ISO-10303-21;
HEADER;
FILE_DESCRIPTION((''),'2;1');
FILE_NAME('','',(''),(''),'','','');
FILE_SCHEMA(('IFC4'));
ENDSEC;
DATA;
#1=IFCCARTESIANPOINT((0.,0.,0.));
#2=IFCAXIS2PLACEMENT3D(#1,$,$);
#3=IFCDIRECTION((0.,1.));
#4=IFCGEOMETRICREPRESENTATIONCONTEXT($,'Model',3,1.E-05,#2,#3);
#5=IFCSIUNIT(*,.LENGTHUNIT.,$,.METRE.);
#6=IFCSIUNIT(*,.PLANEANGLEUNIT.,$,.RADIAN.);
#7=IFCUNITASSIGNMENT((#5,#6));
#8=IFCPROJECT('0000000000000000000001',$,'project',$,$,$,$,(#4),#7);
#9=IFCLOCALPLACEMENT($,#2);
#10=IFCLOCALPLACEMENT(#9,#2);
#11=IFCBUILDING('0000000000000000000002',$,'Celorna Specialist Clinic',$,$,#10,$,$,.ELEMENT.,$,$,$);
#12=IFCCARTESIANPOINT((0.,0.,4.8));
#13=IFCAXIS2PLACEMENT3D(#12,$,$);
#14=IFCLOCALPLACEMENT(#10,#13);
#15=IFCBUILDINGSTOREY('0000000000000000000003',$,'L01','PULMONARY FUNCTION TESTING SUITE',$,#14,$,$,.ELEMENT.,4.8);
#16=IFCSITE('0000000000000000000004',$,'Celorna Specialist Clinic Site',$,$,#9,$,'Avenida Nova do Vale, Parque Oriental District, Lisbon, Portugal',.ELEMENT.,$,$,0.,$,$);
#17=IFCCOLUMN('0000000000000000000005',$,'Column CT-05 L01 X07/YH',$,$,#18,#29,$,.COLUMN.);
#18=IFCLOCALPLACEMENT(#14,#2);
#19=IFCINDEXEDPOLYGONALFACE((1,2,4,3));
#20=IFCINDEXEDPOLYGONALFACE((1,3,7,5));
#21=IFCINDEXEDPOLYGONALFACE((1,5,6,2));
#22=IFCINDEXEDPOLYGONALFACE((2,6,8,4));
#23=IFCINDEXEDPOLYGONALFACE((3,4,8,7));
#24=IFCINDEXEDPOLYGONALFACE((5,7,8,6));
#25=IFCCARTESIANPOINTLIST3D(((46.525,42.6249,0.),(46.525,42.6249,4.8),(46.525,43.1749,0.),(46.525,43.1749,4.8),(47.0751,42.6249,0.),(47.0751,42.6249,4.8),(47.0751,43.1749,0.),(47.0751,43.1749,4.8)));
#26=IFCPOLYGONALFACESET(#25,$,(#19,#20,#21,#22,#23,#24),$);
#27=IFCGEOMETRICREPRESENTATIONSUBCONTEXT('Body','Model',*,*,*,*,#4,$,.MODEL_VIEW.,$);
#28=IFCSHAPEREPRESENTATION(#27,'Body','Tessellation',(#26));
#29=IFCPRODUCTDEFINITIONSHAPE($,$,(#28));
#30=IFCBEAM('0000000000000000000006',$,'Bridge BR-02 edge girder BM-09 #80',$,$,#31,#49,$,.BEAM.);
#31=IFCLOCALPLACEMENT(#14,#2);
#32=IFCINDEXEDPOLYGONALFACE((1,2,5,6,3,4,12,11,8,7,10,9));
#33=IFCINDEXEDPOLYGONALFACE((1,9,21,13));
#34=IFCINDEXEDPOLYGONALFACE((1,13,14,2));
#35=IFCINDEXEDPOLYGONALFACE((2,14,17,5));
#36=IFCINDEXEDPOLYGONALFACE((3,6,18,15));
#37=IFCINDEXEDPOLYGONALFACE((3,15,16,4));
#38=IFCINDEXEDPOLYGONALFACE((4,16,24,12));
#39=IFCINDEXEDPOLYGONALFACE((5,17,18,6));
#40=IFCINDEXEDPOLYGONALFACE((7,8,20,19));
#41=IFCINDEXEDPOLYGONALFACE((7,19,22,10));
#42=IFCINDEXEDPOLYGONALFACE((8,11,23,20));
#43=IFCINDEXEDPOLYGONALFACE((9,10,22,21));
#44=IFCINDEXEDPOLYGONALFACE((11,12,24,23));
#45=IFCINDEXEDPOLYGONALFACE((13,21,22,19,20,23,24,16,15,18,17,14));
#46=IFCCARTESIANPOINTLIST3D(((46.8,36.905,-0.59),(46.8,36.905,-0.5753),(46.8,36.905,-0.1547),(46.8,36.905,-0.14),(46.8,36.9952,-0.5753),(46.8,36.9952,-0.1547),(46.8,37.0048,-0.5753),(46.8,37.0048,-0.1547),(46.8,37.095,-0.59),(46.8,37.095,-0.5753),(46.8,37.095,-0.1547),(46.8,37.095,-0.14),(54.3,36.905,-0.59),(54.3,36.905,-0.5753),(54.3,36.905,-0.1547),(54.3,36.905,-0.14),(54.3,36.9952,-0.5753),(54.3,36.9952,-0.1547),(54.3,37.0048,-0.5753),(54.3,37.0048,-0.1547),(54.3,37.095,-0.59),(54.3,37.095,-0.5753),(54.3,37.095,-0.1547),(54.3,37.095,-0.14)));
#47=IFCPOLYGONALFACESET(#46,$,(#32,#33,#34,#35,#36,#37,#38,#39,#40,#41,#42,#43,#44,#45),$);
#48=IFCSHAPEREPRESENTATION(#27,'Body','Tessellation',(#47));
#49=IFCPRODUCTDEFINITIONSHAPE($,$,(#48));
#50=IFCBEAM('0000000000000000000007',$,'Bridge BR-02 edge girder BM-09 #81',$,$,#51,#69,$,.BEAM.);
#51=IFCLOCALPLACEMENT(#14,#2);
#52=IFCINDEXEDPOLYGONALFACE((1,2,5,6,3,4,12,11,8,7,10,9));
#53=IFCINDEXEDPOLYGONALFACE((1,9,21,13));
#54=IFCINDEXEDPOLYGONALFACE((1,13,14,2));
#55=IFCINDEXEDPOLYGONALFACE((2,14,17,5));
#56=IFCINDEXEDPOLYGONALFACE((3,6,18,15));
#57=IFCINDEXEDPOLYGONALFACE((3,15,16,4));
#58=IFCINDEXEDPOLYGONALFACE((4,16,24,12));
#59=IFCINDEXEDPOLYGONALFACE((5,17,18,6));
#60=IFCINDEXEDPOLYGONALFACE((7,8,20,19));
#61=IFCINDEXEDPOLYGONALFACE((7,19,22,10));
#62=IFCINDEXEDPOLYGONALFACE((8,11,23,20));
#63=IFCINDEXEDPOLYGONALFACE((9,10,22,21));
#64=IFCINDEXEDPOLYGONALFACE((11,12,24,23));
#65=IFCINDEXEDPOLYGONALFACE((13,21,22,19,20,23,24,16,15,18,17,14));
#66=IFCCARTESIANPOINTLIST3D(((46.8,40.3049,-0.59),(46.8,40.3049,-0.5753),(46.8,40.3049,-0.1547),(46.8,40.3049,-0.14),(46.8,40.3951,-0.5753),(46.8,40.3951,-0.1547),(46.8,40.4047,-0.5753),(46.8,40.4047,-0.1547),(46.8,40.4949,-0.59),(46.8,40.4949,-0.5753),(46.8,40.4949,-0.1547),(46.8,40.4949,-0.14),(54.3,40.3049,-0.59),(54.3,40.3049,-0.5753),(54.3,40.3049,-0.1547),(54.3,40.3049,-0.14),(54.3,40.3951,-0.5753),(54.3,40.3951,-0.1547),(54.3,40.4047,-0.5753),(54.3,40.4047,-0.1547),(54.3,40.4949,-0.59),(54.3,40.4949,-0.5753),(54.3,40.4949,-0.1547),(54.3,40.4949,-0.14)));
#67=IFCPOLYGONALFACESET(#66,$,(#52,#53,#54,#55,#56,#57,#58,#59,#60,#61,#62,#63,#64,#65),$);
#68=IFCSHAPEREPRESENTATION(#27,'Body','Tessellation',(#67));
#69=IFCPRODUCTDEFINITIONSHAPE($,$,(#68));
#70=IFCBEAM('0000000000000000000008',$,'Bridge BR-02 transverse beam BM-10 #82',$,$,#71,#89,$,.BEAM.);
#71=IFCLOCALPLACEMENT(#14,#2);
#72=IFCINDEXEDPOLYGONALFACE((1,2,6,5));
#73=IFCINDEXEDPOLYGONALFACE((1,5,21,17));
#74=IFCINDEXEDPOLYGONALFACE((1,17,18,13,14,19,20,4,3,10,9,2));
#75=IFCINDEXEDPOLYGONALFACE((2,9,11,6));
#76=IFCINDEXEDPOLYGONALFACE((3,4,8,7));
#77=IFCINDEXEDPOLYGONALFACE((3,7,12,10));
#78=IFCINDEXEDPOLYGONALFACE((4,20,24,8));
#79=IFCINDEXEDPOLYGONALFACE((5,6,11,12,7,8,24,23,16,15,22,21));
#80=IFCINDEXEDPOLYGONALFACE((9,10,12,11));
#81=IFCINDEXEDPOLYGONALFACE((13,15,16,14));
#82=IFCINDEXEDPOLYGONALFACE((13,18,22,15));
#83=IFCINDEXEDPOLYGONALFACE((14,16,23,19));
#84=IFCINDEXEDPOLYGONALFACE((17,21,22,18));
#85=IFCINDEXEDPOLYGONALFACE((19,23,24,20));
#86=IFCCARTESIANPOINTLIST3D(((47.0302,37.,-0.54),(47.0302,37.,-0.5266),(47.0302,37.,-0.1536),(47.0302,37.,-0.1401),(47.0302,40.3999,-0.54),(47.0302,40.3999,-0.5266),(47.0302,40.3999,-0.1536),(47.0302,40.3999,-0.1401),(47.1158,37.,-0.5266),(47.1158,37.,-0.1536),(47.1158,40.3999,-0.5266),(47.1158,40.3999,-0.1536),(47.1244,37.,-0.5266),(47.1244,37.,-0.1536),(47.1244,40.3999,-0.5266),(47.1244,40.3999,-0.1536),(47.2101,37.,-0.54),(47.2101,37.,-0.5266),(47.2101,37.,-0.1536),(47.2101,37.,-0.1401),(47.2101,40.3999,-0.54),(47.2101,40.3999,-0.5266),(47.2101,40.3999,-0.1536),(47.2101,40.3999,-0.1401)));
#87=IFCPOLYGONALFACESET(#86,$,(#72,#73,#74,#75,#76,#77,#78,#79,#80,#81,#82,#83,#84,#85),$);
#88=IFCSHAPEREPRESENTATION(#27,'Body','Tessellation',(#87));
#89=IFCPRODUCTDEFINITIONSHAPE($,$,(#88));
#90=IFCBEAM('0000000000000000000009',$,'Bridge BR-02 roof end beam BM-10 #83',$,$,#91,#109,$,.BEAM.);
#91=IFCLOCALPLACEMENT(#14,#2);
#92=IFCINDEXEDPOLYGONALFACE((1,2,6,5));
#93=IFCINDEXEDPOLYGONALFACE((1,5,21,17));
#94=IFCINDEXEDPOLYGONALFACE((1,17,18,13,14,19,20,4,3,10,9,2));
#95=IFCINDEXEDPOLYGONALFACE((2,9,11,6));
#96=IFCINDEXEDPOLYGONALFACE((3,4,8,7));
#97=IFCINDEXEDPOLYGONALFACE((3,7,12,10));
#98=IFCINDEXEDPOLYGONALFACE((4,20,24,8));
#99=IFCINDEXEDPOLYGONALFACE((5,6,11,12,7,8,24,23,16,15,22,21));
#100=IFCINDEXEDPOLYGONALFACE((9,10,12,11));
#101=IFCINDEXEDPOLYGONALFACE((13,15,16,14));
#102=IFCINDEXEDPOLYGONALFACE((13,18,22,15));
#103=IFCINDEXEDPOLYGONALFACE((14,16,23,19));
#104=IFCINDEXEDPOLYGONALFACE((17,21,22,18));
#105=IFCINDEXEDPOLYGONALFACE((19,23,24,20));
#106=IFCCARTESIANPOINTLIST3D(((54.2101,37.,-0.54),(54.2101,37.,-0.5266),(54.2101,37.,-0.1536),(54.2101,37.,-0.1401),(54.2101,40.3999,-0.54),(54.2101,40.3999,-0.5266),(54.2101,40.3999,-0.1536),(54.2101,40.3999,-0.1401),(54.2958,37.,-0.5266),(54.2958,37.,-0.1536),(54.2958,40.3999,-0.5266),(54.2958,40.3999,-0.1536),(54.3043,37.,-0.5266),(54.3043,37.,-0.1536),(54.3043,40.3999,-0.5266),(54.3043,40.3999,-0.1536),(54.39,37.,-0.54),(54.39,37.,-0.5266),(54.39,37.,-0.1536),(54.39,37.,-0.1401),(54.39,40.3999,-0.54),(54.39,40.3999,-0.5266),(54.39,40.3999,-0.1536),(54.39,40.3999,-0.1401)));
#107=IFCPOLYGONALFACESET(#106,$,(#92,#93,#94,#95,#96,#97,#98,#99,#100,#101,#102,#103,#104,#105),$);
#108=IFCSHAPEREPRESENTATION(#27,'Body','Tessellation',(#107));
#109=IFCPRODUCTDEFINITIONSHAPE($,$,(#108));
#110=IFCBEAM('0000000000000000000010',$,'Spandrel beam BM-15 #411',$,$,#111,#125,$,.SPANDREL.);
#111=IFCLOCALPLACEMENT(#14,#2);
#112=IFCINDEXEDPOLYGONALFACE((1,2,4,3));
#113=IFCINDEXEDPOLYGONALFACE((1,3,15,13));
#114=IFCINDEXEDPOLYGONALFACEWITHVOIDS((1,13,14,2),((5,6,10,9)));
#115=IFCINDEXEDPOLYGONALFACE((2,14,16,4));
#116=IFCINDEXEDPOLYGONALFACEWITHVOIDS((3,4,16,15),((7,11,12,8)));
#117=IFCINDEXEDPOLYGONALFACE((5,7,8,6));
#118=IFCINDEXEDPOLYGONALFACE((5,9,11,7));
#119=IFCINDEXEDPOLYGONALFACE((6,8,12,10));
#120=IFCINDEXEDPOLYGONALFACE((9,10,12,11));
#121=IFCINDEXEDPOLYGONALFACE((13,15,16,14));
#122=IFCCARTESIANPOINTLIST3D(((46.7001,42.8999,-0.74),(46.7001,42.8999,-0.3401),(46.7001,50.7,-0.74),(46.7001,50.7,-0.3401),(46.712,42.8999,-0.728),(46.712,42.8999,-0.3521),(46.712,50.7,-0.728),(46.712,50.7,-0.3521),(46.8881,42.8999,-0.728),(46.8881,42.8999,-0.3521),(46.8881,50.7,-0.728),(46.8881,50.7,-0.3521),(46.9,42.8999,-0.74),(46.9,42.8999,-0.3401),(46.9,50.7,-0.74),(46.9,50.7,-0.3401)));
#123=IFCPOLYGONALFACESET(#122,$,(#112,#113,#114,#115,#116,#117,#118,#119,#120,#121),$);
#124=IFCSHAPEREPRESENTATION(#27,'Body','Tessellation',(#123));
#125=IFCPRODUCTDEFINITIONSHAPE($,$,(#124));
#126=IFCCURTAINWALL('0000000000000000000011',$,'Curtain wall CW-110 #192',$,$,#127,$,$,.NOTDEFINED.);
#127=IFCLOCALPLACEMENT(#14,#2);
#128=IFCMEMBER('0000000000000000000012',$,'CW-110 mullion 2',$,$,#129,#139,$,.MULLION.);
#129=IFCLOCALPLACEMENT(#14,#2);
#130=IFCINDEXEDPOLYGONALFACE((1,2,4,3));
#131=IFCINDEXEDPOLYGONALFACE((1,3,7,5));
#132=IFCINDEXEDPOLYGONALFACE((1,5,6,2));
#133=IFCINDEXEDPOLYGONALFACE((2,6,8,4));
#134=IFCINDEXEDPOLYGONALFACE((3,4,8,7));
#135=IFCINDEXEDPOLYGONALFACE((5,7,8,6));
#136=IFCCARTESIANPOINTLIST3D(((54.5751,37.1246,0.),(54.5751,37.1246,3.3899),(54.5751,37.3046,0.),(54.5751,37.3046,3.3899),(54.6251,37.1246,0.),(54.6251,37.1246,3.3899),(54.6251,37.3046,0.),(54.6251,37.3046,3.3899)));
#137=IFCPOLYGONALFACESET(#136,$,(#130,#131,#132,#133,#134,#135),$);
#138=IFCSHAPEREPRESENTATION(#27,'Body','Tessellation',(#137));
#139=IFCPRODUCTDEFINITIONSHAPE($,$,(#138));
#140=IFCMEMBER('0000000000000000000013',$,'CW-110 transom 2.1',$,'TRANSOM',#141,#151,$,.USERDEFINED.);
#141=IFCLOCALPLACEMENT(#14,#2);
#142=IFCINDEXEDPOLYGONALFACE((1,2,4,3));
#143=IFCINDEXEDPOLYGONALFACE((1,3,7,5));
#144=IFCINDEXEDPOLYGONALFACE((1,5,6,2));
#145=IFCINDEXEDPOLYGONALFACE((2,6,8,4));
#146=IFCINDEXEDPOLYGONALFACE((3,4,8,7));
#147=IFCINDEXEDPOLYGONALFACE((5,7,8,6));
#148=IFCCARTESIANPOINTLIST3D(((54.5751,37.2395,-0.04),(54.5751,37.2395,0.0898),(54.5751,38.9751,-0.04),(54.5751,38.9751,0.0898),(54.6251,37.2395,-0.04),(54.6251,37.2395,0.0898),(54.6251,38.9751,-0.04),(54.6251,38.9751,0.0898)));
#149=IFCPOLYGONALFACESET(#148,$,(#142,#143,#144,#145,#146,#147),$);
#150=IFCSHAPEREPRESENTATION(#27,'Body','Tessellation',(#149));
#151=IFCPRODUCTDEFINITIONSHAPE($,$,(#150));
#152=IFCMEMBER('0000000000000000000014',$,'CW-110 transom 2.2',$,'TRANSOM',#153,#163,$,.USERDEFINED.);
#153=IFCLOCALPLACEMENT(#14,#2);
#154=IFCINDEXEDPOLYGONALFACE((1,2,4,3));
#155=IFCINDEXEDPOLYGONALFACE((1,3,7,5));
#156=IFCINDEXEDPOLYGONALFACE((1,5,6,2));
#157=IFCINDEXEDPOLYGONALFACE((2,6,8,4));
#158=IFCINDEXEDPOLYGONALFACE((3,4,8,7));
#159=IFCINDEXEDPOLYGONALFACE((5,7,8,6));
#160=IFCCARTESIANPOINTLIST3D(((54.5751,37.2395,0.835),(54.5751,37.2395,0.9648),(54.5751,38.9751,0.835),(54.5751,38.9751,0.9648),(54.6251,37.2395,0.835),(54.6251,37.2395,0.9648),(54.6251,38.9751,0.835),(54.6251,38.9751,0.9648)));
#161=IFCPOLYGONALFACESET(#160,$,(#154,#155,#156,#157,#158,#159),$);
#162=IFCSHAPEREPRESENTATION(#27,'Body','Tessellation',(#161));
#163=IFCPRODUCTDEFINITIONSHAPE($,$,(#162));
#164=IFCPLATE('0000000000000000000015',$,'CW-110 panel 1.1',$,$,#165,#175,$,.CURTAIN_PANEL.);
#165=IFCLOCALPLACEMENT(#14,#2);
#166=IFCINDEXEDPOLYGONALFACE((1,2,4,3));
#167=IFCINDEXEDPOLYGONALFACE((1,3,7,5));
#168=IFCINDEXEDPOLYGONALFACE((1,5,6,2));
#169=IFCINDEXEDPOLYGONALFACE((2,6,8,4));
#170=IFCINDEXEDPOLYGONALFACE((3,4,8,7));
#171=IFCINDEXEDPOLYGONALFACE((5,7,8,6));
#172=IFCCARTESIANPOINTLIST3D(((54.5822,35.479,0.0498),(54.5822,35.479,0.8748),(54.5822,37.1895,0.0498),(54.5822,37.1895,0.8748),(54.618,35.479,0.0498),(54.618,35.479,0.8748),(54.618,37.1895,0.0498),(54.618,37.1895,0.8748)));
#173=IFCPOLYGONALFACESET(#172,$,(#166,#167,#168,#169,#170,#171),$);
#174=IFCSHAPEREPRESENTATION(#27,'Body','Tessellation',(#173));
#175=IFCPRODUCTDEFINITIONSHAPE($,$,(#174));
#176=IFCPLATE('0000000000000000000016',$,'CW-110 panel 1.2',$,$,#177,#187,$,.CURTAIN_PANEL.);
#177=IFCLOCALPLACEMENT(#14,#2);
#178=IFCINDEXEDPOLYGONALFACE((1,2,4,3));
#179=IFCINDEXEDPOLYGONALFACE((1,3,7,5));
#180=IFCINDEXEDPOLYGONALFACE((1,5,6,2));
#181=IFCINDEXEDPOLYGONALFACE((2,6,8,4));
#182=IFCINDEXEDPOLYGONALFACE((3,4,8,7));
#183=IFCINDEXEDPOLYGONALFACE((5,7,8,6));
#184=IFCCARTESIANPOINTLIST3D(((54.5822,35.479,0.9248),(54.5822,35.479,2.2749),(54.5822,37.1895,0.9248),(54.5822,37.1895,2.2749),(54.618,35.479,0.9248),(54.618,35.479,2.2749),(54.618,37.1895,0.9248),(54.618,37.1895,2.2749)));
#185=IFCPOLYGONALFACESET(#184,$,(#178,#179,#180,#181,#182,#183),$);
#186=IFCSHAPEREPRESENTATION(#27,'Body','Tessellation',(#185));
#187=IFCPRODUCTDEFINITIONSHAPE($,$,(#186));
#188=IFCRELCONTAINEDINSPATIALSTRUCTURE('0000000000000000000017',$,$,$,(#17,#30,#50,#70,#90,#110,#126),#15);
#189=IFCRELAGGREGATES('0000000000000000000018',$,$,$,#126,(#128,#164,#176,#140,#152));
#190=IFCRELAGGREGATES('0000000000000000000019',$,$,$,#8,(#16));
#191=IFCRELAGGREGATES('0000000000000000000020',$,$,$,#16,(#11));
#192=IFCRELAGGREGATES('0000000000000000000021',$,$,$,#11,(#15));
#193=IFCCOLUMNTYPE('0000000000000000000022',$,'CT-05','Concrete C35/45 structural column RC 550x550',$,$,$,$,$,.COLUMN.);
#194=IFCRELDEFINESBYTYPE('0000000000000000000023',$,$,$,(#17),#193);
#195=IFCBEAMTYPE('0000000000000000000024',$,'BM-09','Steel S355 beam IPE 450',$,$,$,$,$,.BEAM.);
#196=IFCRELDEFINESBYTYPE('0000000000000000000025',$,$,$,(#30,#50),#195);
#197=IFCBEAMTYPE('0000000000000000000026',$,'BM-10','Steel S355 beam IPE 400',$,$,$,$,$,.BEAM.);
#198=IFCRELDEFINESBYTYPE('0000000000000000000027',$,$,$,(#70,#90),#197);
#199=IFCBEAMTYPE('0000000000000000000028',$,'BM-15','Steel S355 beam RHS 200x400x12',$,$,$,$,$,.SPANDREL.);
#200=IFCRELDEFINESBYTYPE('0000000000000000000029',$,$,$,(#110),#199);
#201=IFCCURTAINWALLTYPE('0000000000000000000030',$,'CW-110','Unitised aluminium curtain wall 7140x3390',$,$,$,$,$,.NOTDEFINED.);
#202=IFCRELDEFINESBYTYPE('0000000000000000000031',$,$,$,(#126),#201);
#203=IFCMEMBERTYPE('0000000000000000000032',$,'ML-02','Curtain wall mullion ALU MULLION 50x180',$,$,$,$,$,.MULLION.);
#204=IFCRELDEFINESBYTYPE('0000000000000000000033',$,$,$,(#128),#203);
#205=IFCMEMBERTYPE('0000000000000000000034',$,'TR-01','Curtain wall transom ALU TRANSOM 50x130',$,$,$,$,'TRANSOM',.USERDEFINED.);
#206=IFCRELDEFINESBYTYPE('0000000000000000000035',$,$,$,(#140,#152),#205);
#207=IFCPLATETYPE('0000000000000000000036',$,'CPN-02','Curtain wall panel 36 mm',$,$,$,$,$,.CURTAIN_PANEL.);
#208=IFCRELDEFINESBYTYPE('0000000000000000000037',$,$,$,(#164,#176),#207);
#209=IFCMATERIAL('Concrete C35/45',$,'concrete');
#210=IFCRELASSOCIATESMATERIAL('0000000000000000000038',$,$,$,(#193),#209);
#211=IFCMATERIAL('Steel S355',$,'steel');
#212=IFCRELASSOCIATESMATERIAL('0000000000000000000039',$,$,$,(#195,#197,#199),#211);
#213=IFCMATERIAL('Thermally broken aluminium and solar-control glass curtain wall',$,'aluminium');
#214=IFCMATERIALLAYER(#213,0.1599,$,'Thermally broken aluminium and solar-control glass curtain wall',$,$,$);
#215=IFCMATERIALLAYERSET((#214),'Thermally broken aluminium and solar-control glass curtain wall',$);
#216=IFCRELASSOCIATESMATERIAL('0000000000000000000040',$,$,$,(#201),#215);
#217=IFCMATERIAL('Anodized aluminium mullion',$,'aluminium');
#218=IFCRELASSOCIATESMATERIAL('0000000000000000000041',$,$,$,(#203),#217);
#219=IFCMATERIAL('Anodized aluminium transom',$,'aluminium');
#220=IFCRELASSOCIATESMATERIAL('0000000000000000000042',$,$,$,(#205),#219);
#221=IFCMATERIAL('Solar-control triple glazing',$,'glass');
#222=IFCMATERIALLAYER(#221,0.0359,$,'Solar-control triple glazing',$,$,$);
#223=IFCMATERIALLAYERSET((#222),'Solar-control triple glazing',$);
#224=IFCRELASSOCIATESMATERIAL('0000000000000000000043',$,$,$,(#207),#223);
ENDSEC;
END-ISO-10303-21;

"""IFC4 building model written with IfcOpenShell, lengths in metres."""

from ifc_helpers import new_model, si_unit, direction, frame, origin, origin_2d, place, context, subcontext, project, spatial, rectangle, hollow_rectangle, i_section, extrude, material, layer, layer_set, material_profile, profile_set, type_object, element, aggregate, save


model = new_model("IFC4")

# Units and contexts
model_context = context("Model", 3, precision=1e-05, world=origin(), true_north=direction((0.0, 1.0)))
body_context = subcontext(model_context, "Body", "Model", "MODEL_VIEW")
ifc_project = project(units=[si_unit("LENGTHUNIT", "METRE"), si_unit("PLANEANGLEUNIT", "RADIAN")], contexts=[model_context])

# Site, building, storey
site_placement = place(None, origin())
site = spatial("IfcSite", under=ifc_project, at=site_placement, Name="Celorna Specialist Clinic Site", LongName="Avenida Nova do Vale, Parque Oriental District, Lisbon, Portugal", CompositionType="ELEMENT", RefElevation=0.0)
building_placement = place(site_placement, origin())
building = spatial("IfcBuilding", under=site, at=building_placement, Name="Celorna Specialist Clinic", CompositionType="ELEMENT")
storey_placement = place(building_placement, frame((0.0, 0.0, 4.8)))
storey = spatial("IfcBuildingStorey", under=building, at=storey_placement, Name="L01", Description="PULMONARY FUNCTION TESTING SUITE", CompositionType="ELEMENT", Elevation=4.8)

# Column
ifc_material_1 = material(Name="Concrete C35/45", Category="concrete")
ifc_material_profile_1 = material_profile(ifc_material_1, rectangle(XDim=0.55, YDim=0.55, at=origin_2d()), Name="RC 550x550")
ifc_profile_set_1 = profile_set([ifc_material_profile_1], Name="Concrete C35/45")
column_type = type_object("IfcColumnType", Name="CT-05", Description="Concrete C35/45 structural column RC 550x550", PredefinedType="COLUMN", material=ifc_profile_set_1)
column_placement = place(storey_placement, frame((46.8, 42.8999, 0.0), z_axis=(0.0, 0.0, 1.0), x_axis=(1.0, 0.0, 0.0)))
element("IfcColumn", 1, at=column_placement, inside=storey, type_object=column_type, Name="Column CT-05 L01 X07/YH", PredefinedType="COLUMN", context=body_context, shape_type="SweptSolid", body=[
    extrude(rectangle(XDim=0.55, YDim=0.55, at=origin_2d()), origin(), (0.0, 0.0, 1.0), 4.8),
])

# Beams
ifc_material_2 = material(Name="Steel S355", Category="steel")
ifc_material_profile_2 = material_profile(ifc_material_2, i_section(OverallWidth=0.1899, OverallDepth=0.45, WebThickness=0.0095, FlangeThickness=0.0146, at=origin_2d()), Name="IPE 450")
ifc_profile_set_2 = profile_set([ifc_material_profile_2], Name="Steel S355")
beam_type_1 = type_object("IfcBeamType", Name="BM-09", Description="Steel S355 beam IPE 450", PredefinedType="BEAM", material=ifc_profile_set_2)
for number, where, z_axis, x_axis, name in (
    (2, (46.8, 37.0, -0.365), (1.0, 0.0, 0.0), (0.0, 1.0, 0.0), "Bridge BR-02 edge girder BM-09 #80"),
    (3, (46.8, 40.3999, -0.365), (1.0, 0.0, 0.0), (0.0, 1.0, 0.0), "Bridge BR-02 edge girder BM-09 #81"),
):
    element("IfcBeam", number, at=place(storey_placement, frame(where, z_axis=z_axis, x_axis=x_axis)), inside=storey, type_object=beam_type_1, Name=name, PredefinedType="BEAM", context=body_context, shape_type="SweptSolid", body=[
        extrude(i_section(OverallWidth=0.1899, OverallDepth=0.45, WebThickness=0.0095, FlangeThickness=0.0146, at=origin_2d()), origin(), (0.0, 0.0, 1.0), 7.5),
    ])
ifc_material_profile_3 = material_profile(ifc_material_2, i_section(OverallWidth=0.1799, OverallDepth=0.3999, WebThickness=0.0085, FlangeThickness=0.0134, at=origin_2d()), Name="IPE 400")
ifc_profile_set_3 = profile_set([ifc_material_profile_3], Name="Steel S355")
beam_type_2 = type_object("IfcBeamType", Name="BM-10", Description="Steel S355 beam IPE 400", PredefinedType="BEAM", material=ifc_profile_set_3)
for number, where, z_axis, x_axis, name in (
    (4, (47.1201, 37.0, -0.3401), (0.0, 1.0, 0.0), (-1.0, 0.0, 0.0), "Bridge BR-02 transverse beam BM-10 #82"),
    (5, (54.3, 37.0, -0.3401), (0.0, 1.0, 0.0), (-1.0, 0.0, 0.0), "Bridge BR-02 roof end beam BM-10 #83"),
):
    element("IfcBeam", number, at=place(storey_placement, frame(where, z_axis=z_axis, x_axis=x_axis)), inside=storey, type_object=beam_type_2, Name=name, PredefinedType="BEAM", context=body_context, shape_type="SweptSolid", body=[
        extrude(i_section(OverallWidth=0.1799, OverallDepth=0.3999, WebThickness=0.0085, FlangeThickness=0.0134, at=origin_2d()), origin(), (0.0, 0.0, 1.0), 3.3999),
    ])
ifc_material_profile_4 = material_profile(ifc_material_2, hollow_rectangle(XDim=0.2, YDim=0.3999, WallThickness=0.012, at=origin_2d()), Name="RHS 200x400x12")
ifc_profile_set_4 = profile_set([ifc_material_profile_4], Name="Steel S355")
beam_type_3 = type_object("IfcBeamType", Name="BM-15", Description="Steel S355 beam RHS 200x400x12", PredefinedType="SPANDREL", material=ifc_profile_set_4)
beam_placement = place(storey_placement, frame((46.8, 42.8999, -0.54), z_axis=(0.0, 1.0, 0.0), x_axis=(-1.0, 0.0, 0.0)))
element("IfcBeam", 6, at=beam_placement, inside=storey, type_object=beam_type_3, Name="Spandrel beam BM-15 #411", PredefinedType="SPANDREL", context=body_context, shape_type="SweptSolid", body=[
    extrude(hollow_rectangle(XDim=0.2, YDim=0.3999, WallThickness=0.012, at=origin_2d()), origin(), (0.0, 0.0, 1.0), 7.8),
])

# Curtain wall, members, plates
ifc_material_3 = material(Name="Thermally broken aluminium and solar-control glass curtain wall", Category="aluminium")
ifc_layer_1 = layer(ifc_material_3, 0.1599, Name="Thermally broken aluminium and solar-control glass curtain wall")
ifc_layer_set_1 = layer_set([ifc_layer_1], Name="Thermally broken aluminium and solar-control glass curtain wall")
curtain_wall_type = type_object("IfcCurtainWallType", Name="CW-110", Description="Unitised aluminium curtain wall 7140x3390", PredefinedType="NOTDEFINED", material=ifc_layer_set_1)
curtain_wall_placement = place(storey_placement, origin())
curtain_wall = element("IfcCurtainWall", 7, at=curtain_wall_placement, inside=storey, type_object=curtain_wall_type, Name="Curtain wall CW-110 #192", PredefinedType="NOTDEFINED")
ifc_material_4 = material(Name="Anodized aluminium mullion", Category="aluminium")
ifc_material_profile_5 = material_profile(ifc_material_4, rectangle(XDim=0.05, YDim=0.1799, at=origin_2d()), Name="ALU MULLION 50x180")
ifc_profile_set_5 = profile_set([ifc_material_profile_5], Name="Anodized aluminium mullion")
member_type_1 = type_object("IfcMemberType", Name="ML-02", Description="Curtain wall mullion ALU MULLION 50x180", PredefinedType="MULLION", material=ifc_profile_set_5)
member_1_placement = place(storey_placement, frame((54.6001, 37.2146, 0.0), z_axis=(0.0, 0.0, 1.0), x_axis=(-1.0, 0.0, 0.0)))
member_1 = element("IfcMember", 8, at=member_1_placement, type_object=member_type_1, Name="CW-110 mullion 2", PredefinedType="MULLION", context=body_context, shape_type="SweptSolid", body=[
    extrude(rectangle(XDim=0.05, YDim=0.1799, at=origin_2d()), origin(), (0.0, 0.0, 1.0), 3.3899),
])
ifc_material_5 = material(Name="Anodized aluminium transom", Category="aluminium")
ifc_material_profile_6 = material_profile(ifc_material_5, rectangle(XDim=0.05, YDim=0.1299, at=origin_2d()), Name="ALU TRANSOM 50x130")
ifc_profile_set_6 = profile_set([ifc_material_profile_6], Name="Anodized aluminium transom")
member_type_2 = type_object("IfcMemberType", Name="TR-01", Description="Curtain wall transom ALU TRANSOM 50x130", ElementType="TRANSOM", PredefinedType="USERDEFINED", material=ifc_profile_set_6)
member_2_placement = place(storey_placement, frame((54.6001, 37.2395, 0.0249), z_axis=(0.0, 1.0, 0.0), x_axis=(-1.0, 0.0, 0.0)))
member_2 = element("IfcMember", 9, at=member_2_placement, type_object=member_type_2, Name="CW-110 transom 2.1", ObjectType="TRANSOM", PredefinedType="USERDEFINED", context=body_context, shape_type="SweptSolid", body=[
    extrude(rectangle(XDim=0.05, YDim=0.1299, at=origin_2d()), origin(), (0.0, 0.0, 1.0), 1.7356),
])
member_3_placement = place(storey_placement, frame((54.6001, 37.2395, 0.8999), z_axis=(0.0, 1.0, 0.0), x_axis=(-1.0, 0.0, 0.0)))
member_3 = element("IfcMember", 10, at=member_3_placement, type_object=member_type_2, Name="CW-110 transom 2.2", ObjectType="TRANSOM", PredefinedType="USERDEFINED", context=body_context, shape_type="SweptSolid", body=[
    extrude(rectangle(XDim=0.05, YDim=0.1299, at=origin_2d()), origin(), (0.0, 0.0, 1.0), 1.7356),
])
ifc_material_6 = material(Name="Solar-control triple glazing", Category="glass")
ifc_layer_2 = layer(ifc_material_6, 0.0359, Name="Solar-control triple glazing")
ifc_layer_set_2 = layer_set([ifc_layer_2], Name="Solar-control triple glazing")
plate_type = type_object("IfcPlateType", Name="CPN-02", Description="Curtain wall panel 36 mm", PredefinedType="CURTAIN_PANEL", material=ifc_layer_set_2)
plate_1_placement = place(storey_placement, frame((54.6001, 36.3342, 0.0498), z_axis=(0.0, 0.0, 1.0), x_axis=(0.0, 1.0, 0.0)))
plate_1 = element("IfcPlate", 11, at=plate_1_placement, type_object=plate_type, Name="CW-110 panel 1.1", PredefinedType="CURTAIN_PANEL", context=body_context, shape_type="SweptSolid", body=[
    extrude(rectangle(XDim=1.7104, YDim=0.0359, at=origin_2d()), origin(), (0.0, 0.0, 1.0), 0.825),
])
plate_2_placement = place(storey_placement, frame((54.6001, 36.3342, 0.9248), z_axis=(0.0, 0.0, 1.0), x_axis=(0.0, 1.0, 0.0)))
plate_2 = element("IfcPlate", 12, at=plate_2_placement, type_object=plate_type, Name="CW-110 panel 1.2", PredefinedType="CURTAIN_PANEL", context=body_context, shape_type="SweptSolid", body=[
    extrude(rectangle(XDim=1.7104, YDim=0.0359, at=origin_2d()), origin(), (0.0, 0.0, 1.0), 1.3501),
])
aggregate(curtain_wall, [member_1, plate_1, plate_2, member_2, member_3])

save(model, "model.ifc")
